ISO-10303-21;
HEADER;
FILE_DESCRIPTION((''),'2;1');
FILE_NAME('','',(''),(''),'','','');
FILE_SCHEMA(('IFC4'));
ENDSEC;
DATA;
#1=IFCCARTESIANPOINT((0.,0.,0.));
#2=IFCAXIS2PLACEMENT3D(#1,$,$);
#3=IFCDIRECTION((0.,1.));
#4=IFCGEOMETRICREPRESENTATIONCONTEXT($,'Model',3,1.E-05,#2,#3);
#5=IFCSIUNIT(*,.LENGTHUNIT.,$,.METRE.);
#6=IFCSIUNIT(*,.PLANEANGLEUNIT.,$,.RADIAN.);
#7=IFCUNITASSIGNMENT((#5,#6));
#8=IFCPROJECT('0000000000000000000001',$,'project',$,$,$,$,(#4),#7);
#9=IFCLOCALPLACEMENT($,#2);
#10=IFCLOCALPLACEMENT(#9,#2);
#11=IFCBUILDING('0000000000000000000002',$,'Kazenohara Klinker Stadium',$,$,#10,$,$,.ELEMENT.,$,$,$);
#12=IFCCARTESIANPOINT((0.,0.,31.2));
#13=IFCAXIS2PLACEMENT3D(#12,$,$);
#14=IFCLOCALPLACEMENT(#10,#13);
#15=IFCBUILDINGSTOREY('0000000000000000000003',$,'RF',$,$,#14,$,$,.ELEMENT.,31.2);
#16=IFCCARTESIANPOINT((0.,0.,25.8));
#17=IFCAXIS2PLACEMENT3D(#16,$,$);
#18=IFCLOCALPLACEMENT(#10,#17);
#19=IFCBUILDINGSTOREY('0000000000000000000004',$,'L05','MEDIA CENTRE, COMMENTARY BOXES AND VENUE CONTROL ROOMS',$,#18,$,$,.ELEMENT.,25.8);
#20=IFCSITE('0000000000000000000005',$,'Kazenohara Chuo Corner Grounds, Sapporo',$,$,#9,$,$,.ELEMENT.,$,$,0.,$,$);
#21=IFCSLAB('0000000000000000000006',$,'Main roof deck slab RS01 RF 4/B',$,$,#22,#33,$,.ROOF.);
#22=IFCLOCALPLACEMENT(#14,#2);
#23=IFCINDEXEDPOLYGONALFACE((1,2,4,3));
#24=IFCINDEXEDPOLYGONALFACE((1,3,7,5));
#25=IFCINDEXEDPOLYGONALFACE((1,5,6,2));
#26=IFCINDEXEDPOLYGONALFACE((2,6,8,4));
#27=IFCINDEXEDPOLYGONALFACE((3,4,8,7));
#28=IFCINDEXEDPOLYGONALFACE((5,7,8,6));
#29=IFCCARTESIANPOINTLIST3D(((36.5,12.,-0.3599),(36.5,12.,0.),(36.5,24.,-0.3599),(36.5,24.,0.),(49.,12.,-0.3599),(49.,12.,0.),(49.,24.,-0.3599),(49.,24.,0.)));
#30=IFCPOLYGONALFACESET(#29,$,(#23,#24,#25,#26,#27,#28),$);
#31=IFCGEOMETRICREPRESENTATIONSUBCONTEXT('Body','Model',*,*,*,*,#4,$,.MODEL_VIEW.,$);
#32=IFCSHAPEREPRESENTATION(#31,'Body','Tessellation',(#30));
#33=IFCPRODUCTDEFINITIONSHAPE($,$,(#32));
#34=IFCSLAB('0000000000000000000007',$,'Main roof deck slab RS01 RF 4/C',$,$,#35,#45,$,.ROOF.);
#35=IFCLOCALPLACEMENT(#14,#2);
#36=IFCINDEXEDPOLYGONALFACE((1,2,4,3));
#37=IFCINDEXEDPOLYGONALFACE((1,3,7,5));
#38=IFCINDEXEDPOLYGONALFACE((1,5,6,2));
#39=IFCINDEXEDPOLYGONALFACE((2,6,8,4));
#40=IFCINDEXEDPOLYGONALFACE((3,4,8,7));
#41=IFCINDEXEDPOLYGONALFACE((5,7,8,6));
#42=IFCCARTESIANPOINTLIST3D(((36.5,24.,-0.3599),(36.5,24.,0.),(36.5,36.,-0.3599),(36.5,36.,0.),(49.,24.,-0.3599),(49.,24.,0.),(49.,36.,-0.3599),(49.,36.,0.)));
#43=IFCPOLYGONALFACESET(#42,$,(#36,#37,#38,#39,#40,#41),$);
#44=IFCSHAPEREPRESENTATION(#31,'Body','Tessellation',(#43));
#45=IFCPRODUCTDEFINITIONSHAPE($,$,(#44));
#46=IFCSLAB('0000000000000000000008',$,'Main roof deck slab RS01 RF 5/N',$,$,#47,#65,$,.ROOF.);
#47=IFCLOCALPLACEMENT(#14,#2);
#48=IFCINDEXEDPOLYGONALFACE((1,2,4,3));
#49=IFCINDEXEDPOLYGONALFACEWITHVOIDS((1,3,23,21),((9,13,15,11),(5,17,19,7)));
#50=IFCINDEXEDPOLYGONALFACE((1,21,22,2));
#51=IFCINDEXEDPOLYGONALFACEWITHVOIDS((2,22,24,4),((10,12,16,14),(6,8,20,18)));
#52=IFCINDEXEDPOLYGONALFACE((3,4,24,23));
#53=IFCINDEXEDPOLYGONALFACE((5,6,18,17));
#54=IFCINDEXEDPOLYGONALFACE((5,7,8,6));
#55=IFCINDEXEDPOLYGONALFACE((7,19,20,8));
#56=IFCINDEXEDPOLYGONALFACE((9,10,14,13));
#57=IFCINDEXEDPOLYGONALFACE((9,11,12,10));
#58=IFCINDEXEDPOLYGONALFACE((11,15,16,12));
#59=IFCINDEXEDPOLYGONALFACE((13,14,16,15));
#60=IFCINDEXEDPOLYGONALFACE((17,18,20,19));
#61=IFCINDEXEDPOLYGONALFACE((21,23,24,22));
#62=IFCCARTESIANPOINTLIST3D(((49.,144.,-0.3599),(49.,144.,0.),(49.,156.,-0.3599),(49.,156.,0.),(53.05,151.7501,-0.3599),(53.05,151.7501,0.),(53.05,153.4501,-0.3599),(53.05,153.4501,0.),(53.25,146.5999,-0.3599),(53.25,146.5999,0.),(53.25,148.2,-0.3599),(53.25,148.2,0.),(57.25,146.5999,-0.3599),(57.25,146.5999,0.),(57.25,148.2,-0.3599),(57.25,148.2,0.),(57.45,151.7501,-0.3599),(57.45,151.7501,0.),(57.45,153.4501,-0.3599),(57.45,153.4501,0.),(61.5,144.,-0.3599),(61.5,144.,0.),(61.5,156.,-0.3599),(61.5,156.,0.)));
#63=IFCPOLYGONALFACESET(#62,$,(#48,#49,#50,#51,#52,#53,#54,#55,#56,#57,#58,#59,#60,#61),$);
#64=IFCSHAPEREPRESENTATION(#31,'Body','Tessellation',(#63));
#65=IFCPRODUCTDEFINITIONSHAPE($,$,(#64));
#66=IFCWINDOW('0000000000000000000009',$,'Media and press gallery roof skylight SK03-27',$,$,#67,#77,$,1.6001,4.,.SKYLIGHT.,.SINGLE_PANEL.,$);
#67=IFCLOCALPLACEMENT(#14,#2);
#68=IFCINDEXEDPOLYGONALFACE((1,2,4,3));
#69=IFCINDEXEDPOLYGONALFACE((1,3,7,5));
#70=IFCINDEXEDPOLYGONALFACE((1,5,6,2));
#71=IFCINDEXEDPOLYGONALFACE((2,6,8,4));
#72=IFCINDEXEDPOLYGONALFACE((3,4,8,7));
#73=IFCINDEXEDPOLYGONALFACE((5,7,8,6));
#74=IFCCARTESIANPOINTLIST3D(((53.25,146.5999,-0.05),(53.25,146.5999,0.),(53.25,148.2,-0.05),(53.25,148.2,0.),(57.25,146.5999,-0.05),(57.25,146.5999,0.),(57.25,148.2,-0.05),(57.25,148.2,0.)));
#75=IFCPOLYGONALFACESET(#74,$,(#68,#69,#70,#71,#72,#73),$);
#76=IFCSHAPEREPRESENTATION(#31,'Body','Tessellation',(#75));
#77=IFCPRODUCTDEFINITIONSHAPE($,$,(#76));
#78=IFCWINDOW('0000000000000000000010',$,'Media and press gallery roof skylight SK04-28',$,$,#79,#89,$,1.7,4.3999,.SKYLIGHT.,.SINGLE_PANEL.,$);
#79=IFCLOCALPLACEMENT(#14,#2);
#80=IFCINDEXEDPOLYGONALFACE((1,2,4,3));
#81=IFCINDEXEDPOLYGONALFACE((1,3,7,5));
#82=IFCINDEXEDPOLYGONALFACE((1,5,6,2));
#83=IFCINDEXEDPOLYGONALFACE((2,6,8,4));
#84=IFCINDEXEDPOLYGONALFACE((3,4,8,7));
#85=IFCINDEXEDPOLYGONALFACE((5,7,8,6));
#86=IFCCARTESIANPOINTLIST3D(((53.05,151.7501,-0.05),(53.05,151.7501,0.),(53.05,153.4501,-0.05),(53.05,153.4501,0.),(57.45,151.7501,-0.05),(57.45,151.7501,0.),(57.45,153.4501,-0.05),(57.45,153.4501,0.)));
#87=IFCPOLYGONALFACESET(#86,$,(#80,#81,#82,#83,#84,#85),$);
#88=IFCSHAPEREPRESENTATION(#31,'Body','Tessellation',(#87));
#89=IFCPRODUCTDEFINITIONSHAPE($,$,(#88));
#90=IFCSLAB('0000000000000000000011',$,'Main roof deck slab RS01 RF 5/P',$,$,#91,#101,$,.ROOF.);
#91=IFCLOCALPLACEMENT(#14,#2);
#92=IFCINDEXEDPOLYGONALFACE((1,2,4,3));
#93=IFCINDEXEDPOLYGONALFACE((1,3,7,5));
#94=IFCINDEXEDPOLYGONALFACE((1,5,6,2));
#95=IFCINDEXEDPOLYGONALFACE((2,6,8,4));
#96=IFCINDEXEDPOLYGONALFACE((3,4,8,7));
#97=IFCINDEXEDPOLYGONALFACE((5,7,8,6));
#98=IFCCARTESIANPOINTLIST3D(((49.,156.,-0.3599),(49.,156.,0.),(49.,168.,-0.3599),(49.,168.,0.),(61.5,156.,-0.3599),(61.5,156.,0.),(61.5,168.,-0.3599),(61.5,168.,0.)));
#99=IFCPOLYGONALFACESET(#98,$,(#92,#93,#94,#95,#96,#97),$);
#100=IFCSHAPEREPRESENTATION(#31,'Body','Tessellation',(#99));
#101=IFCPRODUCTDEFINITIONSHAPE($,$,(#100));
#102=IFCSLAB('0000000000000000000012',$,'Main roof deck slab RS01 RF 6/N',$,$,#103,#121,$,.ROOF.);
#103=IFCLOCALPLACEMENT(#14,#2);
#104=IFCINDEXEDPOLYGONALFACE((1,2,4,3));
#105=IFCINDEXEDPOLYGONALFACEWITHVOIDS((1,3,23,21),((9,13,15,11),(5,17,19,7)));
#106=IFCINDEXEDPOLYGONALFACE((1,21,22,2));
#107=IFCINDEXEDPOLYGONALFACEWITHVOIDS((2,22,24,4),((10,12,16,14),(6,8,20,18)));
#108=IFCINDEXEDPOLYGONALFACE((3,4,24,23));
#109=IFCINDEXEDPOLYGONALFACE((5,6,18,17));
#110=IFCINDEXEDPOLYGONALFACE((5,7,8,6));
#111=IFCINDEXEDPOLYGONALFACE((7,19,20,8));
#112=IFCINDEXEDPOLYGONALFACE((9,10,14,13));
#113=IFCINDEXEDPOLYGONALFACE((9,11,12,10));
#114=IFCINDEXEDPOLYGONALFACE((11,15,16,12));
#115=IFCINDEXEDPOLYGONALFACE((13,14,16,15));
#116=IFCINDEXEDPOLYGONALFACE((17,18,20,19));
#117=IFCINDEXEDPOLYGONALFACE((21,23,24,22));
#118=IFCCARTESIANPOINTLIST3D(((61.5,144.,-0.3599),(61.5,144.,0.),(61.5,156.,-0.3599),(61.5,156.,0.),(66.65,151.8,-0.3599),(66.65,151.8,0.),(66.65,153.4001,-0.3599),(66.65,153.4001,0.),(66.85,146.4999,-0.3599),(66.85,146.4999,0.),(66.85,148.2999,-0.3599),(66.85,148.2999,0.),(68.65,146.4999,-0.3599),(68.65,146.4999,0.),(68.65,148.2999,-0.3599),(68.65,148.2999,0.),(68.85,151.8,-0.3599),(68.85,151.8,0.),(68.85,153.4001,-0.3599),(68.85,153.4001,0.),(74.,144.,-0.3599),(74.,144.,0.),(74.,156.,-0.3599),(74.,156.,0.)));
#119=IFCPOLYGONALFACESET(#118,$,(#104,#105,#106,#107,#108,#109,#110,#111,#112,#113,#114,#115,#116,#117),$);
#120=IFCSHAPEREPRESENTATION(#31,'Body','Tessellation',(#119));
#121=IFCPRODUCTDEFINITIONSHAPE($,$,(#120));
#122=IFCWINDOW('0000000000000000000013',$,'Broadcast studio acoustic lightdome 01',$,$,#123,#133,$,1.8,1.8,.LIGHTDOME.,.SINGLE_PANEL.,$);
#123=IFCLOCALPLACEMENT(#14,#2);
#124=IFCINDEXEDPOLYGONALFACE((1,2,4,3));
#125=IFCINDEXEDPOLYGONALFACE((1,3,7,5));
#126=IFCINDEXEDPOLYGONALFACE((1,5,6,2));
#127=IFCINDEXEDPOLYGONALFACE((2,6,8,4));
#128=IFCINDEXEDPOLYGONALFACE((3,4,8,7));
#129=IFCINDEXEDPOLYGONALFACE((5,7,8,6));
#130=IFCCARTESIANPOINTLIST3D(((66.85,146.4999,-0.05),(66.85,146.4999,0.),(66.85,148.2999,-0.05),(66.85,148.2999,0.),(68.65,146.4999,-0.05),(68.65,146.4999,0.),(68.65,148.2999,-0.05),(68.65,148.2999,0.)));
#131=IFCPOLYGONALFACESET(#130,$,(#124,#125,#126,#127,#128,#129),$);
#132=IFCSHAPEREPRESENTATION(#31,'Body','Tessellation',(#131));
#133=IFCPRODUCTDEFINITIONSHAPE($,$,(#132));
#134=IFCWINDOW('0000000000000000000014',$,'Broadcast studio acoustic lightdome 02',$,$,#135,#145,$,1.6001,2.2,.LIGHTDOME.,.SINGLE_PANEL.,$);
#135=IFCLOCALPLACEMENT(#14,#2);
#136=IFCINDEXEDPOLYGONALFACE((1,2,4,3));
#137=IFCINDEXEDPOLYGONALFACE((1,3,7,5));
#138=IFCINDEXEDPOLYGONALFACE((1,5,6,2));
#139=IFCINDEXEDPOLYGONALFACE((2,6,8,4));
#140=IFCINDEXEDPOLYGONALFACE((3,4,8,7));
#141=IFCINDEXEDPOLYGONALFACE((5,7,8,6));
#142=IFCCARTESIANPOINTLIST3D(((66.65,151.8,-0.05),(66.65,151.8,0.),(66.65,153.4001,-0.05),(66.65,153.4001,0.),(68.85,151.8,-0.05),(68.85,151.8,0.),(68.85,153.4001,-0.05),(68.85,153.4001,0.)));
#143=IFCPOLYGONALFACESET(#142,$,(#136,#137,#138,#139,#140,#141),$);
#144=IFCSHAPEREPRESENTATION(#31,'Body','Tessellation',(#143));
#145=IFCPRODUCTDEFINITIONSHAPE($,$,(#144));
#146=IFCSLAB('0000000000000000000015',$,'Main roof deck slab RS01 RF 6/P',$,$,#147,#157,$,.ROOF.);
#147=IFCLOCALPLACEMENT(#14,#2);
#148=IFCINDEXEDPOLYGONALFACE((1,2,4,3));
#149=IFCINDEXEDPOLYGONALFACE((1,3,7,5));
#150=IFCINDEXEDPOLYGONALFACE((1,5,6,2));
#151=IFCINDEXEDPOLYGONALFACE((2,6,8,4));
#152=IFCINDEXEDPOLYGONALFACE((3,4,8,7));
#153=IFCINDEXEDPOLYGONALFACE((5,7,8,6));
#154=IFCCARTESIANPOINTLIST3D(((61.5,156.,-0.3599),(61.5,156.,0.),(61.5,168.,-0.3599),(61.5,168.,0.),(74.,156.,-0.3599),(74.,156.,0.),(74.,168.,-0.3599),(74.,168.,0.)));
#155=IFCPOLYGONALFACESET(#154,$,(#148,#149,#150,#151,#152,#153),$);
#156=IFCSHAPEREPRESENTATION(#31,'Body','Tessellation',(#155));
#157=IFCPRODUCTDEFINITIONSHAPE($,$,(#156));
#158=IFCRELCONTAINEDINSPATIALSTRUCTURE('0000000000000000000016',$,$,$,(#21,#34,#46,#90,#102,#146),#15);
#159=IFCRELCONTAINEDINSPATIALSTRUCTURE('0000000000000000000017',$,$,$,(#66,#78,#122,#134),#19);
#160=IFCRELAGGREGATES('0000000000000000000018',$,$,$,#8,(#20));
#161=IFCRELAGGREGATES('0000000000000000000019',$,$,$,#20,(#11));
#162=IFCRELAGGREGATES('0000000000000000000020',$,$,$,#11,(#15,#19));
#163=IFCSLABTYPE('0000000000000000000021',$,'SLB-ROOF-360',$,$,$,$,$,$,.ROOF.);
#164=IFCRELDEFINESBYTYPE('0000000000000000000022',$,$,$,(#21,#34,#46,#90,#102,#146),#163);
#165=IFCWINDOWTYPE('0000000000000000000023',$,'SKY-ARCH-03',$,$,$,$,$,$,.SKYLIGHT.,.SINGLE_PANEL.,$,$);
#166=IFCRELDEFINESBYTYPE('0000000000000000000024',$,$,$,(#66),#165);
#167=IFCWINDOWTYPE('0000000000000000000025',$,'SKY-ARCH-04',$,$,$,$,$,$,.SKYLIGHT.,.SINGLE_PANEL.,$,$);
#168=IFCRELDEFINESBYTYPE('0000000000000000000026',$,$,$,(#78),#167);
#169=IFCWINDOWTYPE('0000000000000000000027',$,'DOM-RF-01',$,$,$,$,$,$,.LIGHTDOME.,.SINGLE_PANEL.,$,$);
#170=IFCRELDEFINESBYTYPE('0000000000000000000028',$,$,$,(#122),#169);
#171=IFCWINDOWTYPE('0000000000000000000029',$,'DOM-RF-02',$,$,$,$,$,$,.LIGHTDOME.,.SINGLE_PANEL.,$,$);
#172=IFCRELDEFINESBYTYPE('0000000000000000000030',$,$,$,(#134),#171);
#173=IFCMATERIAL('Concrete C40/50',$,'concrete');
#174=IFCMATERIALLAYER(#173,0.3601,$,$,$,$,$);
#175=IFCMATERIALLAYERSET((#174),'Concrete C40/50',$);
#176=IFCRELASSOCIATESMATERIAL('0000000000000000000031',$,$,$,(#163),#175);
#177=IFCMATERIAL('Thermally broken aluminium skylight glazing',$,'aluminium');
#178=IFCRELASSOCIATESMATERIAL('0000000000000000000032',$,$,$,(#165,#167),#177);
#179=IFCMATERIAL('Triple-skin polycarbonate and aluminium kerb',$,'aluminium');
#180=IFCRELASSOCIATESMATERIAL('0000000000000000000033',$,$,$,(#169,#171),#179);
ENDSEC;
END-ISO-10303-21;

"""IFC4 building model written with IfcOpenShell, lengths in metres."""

from ifc_helpers import new_model, si_unit, direction, frame, origin, origin_2d, place, context, subcontext, project, spatial, polyline, rectangle, outline, extrude, material, layer, layer_set, type_object, element, fill, save


model = new_model("IFC4")

# Units and contexts
model_context = context("Model", 3, precision=1e-05, world=origin(), true_north=direction((0.0, 1.0)))
body_context = subcontext(model_context, "Body", "Model", "MODEL_VIEW")
ifc_project = project(units=[si_unit("LENGTHUNIT", "METRE"), si_unit("PLANEANGLEUNIT", "RADIAN")], contexts=[model_context])

# Site, building, storey
site_placement = place(None, origin())
site = spatial("IfcSite", under=ifc_project, at=site_placement, Name="Kazenohara Chuo Corner Grounds, Sapporo", CompositionType="ELEMENT", RefElevation=0.0)
building_placement = place(site_placement, origin())
building = spatial("IfcBuilding", under=site, at=building_placement, Name="Kazenohara Klinker Stadium", CompositionType="ELEMENT")
storey_1_placement = place(building_placement, frame((0.0, 0.0, 31.2)))
storey_1 = spatial("IfcBuildingStorey", under=building, at=storey_1_placement, Name="RF", CompositionType="ELEMENT", Elevation=31.2)

# Slabs
ifc_material_1 = material(Name="Concrete C40/50", Category="concrete")
ifc_layer = layer(ifc_material_1, 0.3601)
ifc_layer_set = layer_set([ifc_layer], Name="Concrete C40/50")
slab_type = type_object("IfcSlabType", Name="SLB-ROOF-360", PredefinedType="ROOF", material=ifc_layer_set)
slab_1_placement = place(storey_1_placement, frame((0.0, 0.0, -0.3599)))
element("IfcSlab", 1, at=slab_1_placement, inside=storey_1, type_object=slab_type, Name="Main roof deck slab RS01 RF 4/B", PredefinedType="ROOF", context=body_context, shape_type="SweptSolid", body=[
    extrude(outline(polyline([(36.5, 12.0), (49.0, 12.0), (49.0, 24.0), (36.5, 24.0), (36.5, 12.0)])), origin(), (0.0, 0.0, 1.0), 0.3599),
])
slab_2_placement = place(storey_1_placement, frame((0.0, 0.0, -0.3599)))
element("IfcSlab", 2, at=slab_2_placement, inside=storey_1, type_object=slab_type, Name="Main roof deck slab RS01 RF 4/C", PredefinedType="ROOF", context=body_context, shape_type="SweptSolid", body=[
    extrude(outline(polyline([(36.5, 24.0), (49.0, 24.0), (49.0, 36.0), (36.5, 36.0), (36.5, 24.0)])), origin(), (0.0, 0.0, 1.0), 0.3599),
])

# Slab, openings
slab_3_placement = place(storey_1_placement, frame((0.0, 0.0, -0.3599)))
slab_3 = element("IfcSlab", 3, at=slab_3_placement, inside=storey_1, type_object=slab_type, Name="Main roof deck slab RS01 RF 5/N", PredefinedType="ROOF", context=body_context, shape_type="SweptSolid", body=[
    extrude(outline(polyline([(49.0, 144.0), (61.5, 144.0), (61.5, 156.0), (49.0, 156.0), (49.0, 144.0)])), origin(), (0.0, 0.0, 1.0), 0.3599),
])
opening_1_placement = place(slab_3_placement, frame((55.25, 147.3999, 0.0)))
opening_1 = element("IfcOpeningElement", 4, at=opening_1_placement, cuts=slab_3, PredefinedType="OPENING", context=body_context, shape_type="SweptSolid", body=[
    extrude(rectangle(XDim=4.0, YDim=1.6001, at=origin_2d()), origin(), (0.0, 0.0, 1.0), 0.3599),
])
opening_2_placement = place(slab_3_placement, frame((55.25, 152.6001, 0.0)))
opening_2 = element("IfcOpeningElement", 5, at=opening_2_placement, cuts=slab_3, PredefinedType="OPENING", context=body_context, shape_type="SweptSolid", body=[
    extrude(rectangle(XDim=4.3999, YDim=1.7, at=origin_2d()), origin(), (0.0, 0.0, 1.0), 0.3599),
])

# Shared definitions
storey_2_placement = place(building_placement, frame((0.0, 0.0, 25.8)))
storey_2 = spatial("IfcBuildingStorey", under=building, at=storey_2_placement, Name="L05", Description="MEDIA CENTRE, COMMENTARY BOXES AND VENUE CONTROL ROOMS", CompositionType="ELEMENT", Elevation=25.8)

# Windows
ifc_material_2 = material(Name="Thermally broken aluminium skylight glazing", Category="aluminium")
window_type_1 = type_object("IfcWindowType", Name="SKY-ARCH-03", PartitioningType="SINGLE_PANEL", PredefinedType="SKYLIGHT", material=ifc_material_2)
window_1_placement = place(opening_1_placement, frame((0.0, 0.0, 0.3098)))
window_1 = element("IfcWindow", 6, at=window_1_placement, inside=storey_2, type_object=window_type_1, Name="Media and press gallery roof skylight SK03-27", OverallHeight=1.6001, OverallWidth=4.0, PartitioningType="SINGLE_PANEL", PredefinedType="SKYLIGHT", context=body_context, shape_type="SweptSolid", body=[
    extrude(rectangle(XDim=4.0, YDim=1.6001, at=origin_2d()), origin(), (0.0, 0.0, 1.0), 0.05),
])
fill(opening_1, window_1)
window_type_2 = type_object("IfcWindowType", Name="SKY-ARCH-04", PartitioningType="SINGLE_PANEL", PredefinedType="SKYLIGHT", material=ifc_material_2)
window_2_placement = place(opening_2_placement, frame((0.0, 0.0, 0.3098)))
window_2 = element("IfcWindow", 7, at=window_2_placement, inside=storey_2, type_object=window_type_2, Name="Media and press gallery roof skylight SK04-28", OverallHeight=1.7, OverallWidth=4.3999, PartitioningType="SINGLE_PANEL", PredefinedType="SKYLIGHT", context=body_context, shape_type="SweptSolid", body=[
    extrude(rectangle(XDim=4.3999, YDim=1.7, at=origin_2d()), origin(), (0.0, 0.0, 1.0), 0.05),
])
fill(opening_2, window_2)

# Slab
slab_4_placement = place(storey_1_placement, frame((0.0, 0.0, -0.3599)))
element("IfcSlab", 8, at=slab_4_placement, inside=storey_1, type_object=slab_type, Name="Main roof deck slab RS01 RF 5/P", PredefinedType="ROOF", context=body_context, shape_type="SweptSolid", body=[
    extrude(outline(polyline([(49.0, 156.0), (61.5, 156.0), (61.5, 168.0), (49.0, 168.0), (49.0, 156.0)])), origin(), (0.0, 0.0, 1.0), 0.3599),
])

# Slab, openings, windows
slab_5_placement = place(storey_1_placement, frame((0.0, 0.0, -0.3599)))
slab_5 = element("IfcSlab", 9, at=slab_5_placement, inside=storey_1, type_object=slab_type, Name="Main roof deck slab RS01 RF 6/N", PredefinedType="ROOF", context=body_context, shape_type="SweptSolid", body=[
    extrude(outline(polyline([(61.5, 144.0), (74.0, 144.0), (74.0, 156.0), (61.5, 156.0), (61.5, 144.0)])), origin(), (0.0, 0.0, 1.0), 0.3599),
])
opening_3_placement = place(slab_5_placement, frame((67.75, 147.3999, 0.0)))
opening_3 = element("IfcOpeningElement", 10, at=opening_3_placement, cuts=slab_5, PredefinedType="OPENING", context=body_context, shape_type="SweptSolid", body=[
    extrude(rectangle(XDim=1.8, YDim=1.8, at=origin_2d()), origin(), (0.0, 0.0, 1.0), 0.3599),
])
opening_4_placement = place(slab_5_placement, frame((67.75, 152.6001, 0.0)))
opening_4 = element("IfcOpeningElement", 11, at=opening_4_placement, cuts=slab_5, PredefinedType="OPENING", context=body_context, shape_type="SweptSolid", body=[
    extrude(rectangle(XDim=2.2, YDim=1.6001, at=origin_2d()), origin(), (0.0, 0.0, 1.0), 0.3599),
])
ifc_material_3 = material(Name="Triple-skin polycarbonate and aluminium kerb", Category="aluminium")
window_type_3 = type_object("IfcWindowType", Name="DOM-RF-01", PartitioningType="SINGLE_PANEL", PredefinedType="LIGHTDOME", material=ifc_material_3)
window_3_placement = place(opening_3_placement, frame((0.0, 0.0, 0.3098)))
window_3 = element("IfcWindow", 12, at=window_3_placement, inside=storey_2, type_object=window_type_3, Name="Broadcast studio acoustic lightdome 01", OverallHeight=1.8, OverallWidth=1.8, PartitioningType="SINGLE_PANEL", PredefinedType="LIGHTDOME", context=body_context, shape_type="SweptSolid", body=[
    extrude(rectangle(XDim=1.8, YDim=1.8, at=origin_2d()), origin(), (0.0, 0.0, 1.0), 0.05),
])
fill(opening_3, window_3)
window_type_4 = type_object("IfcWindowType", Name="DOM-RF-02", PartitioningType="SINGLE_PANEL", PredefinedType="LIGHTDOME", material=ifc_material_3)
window_4_placement = place(opening_4_placement, frame((0.0, 0.0, 0.3098)))
window_4 = element("IfcWindow", 13, at=window_4_placement, inside=storey_2, type_object=window_type_4, Name="Broadcast studio acoustic lightdome 02", OverallHeight=1.6001, OverallWidth=2.2, PartitioningType="SINGLE_PANEL", PredefinedType="LIGHTDOME", context=body_context, shape_type="SweptSolid", body=[
    extrude(rectangle(XDim=2.2, YDim=1.6001, at=origin_2d()), origin(), (0.0, 0.0, 1.0), 0.05),
])
fill(opening_4, window_4)

# Slab
slab_6_placement = place(storey_1_placement, frame((0.0, 0.0, -0.3599)))
element("IfcSlab", 14, at=slab_6_placement, inside=storey_1, type_object=slab_type, Name="Main roof deck slab RS01 RF 6/P", PredefinedType="ROOF", context=body_context, shape_type="SweptSolid", body=[
    extrude(outline(polyline([(61.5, 156.0), (74.0, 156.0), (74.0, 168.0), (61.5, 168.0), (61.5, 156.0)])), origin(), (0.0, 0.0, 1.0), 0.3599),
])

save(model, "model.ifc")
